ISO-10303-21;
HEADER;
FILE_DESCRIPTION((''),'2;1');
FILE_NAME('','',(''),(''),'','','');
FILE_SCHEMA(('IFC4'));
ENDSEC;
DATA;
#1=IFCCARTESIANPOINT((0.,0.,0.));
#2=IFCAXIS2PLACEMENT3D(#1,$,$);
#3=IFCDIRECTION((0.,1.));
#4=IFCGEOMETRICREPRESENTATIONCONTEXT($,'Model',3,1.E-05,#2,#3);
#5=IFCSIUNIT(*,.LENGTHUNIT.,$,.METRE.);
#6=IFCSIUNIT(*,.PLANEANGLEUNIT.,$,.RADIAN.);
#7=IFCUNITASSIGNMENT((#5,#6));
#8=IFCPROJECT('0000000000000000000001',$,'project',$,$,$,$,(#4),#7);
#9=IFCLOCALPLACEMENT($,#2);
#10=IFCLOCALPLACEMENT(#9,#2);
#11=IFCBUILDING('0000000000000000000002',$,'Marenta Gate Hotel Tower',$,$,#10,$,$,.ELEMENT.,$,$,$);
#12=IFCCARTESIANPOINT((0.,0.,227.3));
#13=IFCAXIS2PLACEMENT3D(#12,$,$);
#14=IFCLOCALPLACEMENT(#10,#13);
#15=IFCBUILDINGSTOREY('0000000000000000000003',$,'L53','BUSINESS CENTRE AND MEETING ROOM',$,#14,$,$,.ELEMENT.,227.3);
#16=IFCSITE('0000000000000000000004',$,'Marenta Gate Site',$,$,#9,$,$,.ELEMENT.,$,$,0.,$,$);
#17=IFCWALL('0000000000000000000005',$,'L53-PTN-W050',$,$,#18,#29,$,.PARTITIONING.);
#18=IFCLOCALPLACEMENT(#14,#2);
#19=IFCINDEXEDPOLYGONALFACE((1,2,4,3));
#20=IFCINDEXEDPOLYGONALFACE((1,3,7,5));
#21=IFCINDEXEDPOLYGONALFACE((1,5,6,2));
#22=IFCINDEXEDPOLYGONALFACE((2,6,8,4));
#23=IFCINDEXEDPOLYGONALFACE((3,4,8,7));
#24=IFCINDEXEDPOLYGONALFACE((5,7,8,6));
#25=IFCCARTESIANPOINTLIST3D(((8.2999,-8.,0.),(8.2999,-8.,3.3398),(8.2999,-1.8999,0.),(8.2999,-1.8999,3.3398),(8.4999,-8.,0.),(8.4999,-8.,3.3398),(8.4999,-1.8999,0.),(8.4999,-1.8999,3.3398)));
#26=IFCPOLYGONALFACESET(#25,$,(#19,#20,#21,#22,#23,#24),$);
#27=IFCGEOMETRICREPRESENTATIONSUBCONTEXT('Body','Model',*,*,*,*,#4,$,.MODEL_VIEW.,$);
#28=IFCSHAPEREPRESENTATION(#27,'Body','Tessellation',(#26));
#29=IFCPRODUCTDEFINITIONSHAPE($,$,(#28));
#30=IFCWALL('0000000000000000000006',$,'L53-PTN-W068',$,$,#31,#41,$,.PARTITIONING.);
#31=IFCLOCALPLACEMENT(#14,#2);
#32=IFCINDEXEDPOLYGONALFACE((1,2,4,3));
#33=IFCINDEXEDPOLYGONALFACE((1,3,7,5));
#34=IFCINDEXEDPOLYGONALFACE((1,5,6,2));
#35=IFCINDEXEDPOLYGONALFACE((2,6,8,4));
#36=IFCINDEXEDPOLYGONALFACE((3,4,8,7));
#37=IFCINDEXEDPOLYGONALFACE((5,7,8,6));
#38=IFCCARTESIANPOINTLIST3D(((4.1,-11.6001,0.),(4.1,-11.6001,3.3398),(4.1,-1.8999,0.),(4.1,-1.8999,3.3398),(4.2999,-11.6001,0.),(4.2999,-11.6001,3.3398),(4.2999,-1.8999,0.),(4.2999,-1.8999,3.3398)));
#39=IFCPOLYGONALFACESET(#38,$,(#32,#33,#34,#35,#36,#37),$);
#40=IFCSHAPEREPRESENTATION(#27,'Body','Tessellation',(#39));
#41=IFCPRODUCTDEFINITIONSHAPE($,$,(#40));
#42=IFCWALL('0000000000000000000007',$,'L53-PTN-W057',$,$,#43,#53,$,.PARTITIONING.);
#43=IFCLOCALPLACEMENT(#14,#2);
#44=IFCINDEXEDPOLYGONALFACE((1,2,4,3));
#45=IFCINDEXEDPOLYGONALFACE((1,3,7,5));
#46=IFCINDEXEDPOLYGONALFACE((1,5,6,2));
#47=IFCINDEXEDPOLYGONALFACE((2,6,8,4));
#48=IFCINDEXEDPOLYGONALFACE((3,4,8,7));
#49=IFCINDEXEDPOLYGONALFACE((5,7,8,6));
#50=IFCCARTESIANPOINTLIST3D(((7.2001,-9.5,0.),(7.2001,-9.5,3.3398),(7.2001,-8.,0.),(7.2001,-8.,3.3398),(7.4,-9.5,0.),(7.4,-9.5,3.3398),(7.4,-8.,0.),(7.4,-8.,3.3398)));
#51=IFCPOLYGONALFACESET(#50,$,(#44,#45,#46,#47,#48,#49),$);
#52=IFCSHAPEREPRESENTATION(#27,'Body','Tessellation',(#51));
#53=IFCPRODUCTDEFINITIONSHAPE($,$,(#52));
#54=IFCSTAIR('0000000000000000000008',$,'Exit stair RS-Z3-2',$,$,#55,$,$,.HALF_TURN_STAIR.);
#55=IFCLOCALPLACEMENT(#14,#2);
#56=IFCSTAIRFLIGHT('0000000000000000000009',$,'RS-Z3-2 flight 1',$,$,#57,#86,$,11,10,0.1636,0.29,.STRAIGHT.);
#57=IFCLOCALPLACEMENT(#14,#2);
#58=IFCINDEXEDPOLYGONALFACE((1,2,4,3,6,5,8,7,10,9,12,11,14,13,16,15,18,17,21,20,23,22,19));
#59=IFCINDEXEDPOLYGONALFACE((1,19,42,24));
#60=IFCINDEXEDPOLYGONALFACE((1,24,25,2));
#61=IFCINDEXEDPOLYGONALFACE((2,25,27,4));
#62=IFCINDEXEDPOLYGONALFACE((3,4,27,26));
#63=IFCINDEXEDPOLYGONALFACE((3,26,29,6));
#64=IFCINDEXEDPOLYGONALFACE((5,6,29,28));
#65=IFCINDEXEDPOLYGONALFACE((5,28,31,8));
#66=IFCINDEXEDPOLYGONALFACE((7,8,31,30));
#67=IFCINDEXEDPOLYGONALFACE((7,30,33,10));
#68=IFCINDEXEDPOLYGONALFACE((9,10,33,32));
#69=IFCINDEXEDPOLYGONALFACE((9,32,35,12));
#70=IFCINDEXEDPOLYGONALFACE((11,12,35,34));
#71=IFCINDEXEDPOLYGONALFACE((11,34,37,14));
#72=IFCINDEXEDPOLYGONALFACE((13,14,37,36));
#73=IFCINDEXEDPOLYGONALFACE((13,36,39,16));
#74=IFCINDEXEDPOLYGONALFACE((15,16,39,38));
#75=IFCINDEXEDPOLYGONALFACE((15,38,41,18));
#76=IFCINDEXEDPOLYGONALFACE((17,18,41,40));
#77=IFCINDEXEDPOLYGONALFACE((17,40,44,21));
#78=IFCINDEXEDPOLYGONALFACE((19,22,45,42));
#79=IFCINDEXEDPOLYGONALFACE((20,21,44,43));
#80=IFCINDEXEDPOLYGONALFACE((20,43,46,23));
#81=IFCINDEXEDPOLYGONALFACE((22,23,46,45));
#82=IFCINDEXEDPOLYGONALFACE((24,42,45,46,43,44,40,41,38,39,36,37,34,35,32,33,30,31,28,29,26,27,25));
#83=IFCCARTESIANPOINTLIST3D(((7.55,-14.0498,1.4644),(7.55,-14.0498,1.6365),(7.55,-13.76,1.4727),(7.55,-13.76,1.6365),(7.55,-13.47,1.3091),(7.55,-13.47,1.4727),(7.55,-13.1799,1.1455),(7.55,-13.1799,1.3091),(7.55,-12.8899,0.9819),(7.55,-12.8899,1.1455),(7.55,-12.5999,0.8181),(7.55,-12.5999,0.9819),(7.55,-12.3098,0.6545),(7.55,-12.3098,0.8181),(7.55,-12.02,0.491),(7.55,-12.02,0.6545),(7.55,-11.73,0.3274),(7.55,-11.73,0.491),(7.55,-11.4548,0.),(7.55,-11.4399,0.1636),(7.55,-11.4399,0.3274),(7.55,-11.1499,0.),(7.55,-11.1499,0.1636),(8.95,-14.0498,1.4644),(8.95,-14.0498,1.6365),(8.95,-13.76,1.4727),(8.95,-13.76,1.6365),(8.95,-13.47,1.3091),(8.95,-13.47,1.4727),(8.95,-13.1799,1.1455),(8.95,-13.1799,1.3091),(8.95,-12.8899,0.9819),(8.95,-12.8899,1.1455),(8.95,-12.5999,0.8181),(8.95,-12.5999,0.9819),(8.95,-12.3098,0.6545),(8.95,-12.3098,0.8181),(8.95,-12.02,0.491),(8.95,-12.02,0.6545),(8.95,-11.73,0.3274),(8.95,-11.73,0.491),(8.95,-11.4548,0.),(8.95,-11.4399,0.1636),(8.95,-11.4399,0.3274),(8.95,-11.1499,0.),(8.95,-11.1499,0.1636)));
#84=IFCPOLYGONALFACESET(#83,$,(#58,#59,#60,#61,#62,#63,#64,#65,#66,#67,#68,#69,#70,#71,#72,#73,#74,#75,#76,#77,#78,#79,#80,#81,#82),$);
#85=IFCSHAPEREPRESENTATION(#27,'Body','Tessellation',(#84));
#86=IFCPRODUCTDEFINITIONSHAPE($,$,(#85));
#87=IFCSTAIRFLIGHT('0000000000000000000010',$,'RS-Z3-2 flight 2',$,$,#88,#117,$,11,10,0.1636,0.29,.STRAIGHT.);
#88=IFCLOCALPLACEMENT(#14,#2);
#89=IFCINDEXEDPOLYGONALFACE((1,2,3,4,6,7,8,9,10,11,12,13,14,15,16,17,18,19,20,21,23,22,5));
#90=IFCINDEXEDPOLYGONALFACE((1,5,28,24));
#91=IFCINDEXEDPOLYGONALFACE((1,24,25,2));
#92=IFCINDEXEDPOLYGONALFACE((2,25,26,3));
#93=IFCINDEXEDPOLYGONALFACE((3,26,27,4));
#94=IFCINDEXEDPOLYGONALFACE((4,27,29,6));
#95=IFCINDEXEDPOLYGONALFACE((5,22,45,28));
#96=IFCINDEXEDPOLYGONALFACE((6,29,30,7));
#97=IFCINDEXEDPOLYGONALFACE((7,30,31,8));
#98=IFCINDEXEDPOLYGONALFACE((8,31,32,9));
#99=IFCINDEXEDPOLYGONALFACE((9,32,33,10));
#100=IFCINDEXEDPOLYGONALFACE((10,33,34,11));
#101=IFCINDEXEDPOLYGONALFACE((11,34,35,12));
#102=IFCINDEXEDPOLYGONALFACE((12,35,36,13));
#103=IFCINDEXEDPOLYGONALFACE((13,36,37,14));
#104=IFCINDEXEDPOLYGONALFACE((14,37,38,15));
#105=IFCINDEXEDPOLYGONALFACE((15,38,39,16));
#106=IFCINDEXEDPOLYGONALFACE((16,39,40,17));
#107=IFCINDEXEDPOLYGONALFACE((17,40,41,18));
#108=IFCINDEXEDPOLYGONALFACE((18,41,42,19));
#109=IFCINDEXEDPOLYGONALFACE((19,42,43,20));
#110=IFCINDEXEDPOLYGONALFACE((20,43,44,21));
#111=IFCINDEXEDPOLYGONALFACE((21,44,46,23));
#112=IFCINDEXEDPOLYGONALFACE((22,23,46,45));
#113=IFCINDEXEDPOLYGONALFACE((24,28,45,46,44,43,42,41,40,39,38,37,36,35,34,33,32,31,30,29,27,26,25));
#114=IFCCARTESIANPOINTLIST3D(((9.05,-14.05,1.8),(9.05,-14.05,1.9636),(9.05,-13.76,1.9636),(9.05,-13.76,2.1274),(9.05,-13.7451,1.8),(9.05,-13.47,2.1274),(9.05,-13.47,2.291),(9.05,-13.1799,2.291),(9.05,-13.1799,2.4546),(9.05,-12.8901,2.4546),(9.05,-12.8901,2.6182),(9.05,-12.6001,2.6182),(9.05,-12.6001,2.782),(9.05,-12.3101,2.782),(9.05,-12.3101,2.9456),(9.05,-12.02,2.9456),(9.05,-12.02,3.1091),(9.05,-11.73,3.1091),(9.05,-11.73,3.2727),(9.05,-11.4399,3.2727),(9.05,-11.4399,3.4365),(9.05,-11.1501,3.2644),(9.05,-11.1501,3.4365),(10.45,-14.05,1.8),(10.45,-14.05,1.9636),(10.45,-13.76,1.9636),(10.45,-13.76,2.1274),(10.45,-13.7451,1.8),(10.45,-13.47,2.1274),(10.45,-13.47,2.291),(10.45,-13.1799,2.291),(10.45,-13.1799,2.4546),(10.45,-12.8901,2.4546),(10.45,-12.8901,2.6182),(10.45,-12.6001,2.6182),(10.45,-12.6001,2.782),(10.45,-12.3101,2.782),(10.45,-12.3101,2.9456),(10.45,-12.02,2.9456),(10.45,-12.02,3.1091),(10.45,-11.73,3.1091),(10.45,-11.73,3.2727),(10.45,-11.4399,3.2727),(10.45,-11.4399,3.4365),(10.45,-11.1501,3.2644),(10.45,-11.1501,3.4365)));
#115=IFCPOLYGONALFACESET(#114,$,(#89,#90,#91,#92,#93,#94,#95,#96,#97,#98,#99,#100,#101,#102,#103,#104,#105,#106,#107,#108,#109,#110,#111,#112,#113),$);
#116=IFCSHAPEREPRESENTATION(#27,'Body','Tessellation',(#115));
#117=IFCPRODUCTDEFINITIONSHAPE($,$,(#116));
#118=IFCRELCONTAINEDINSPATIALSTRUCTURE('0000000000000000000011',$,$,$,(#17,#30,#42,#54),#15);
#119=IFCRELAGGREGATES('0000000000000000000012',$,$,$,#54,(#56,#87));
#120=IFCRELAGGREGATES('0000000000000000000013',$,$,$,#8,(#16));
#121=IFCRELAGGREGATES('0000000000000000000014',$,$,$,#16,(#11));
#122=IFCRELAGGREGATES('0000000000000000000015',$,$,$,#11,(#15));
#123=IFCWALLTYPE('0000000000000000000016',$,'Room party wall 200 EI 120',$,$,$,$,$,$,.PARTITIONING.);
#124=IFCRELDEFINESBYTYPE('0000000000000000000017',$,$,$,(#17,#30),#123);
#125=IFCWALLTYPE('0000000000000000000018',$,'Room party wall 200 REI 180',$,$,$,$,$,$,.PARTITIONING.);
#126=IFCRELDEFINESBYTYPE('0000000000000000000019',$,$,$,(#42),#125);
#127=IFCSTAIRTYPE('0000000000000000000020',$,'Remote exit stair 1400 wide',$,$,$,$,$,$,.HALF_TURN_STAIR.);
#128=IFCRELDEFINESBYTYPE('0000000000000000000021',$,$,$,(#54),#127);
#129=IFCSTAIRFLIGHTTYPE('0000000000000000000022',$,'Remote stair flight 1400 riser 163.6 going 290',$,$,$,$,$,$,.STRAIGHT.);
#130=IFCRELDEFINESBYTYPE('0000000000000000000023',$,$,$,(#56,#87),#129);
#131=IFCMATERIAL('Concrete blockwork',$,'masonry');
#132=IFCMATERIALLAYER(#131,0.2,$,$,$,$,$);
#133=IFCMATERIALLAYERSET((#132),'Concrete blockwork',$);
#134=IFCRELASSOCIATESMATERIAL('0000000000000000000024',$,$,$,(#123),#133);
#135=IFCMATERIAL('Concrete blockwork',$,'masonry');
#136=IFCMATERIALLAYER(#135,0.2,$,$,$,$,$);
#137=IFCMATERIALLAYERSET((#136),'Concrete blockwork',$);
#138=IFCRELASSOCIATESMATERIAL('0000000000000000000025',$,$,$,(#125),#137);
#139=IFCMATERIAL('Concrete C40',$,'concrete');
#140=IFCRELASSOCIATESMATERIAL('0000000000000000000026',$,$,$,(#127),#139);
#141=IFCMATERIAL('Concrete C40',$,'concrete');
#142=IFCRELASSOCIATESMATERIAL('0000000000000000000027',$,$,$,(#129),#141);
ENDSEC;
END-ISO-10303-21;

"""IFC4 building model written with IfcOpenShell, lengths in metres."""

from ifc_helpers import new_model, si_unit, direction, frame, frame_2d, origin, place, context, subcontext, project, spatial, polyline, rectangle, outline, extrude, material, layer, layer_set, type_object, element, aggregate, save


model = new_model("IFC4")

# Units and contexts
model_context = context("Model", 3, precision=1e-05, world=origin(), true_north=direction((0.0, 1.0)))
body_context = subcontext(model_context, "Body", "Model", "MODEL_VIEW")
ifc_project = project(units=[si_unit("LENGTHUNIT", "METRE"), si_unit("PLANEANGLEUNIT", "RADIAN")], contexts=[model_context])

# Site, building, storey
site_placement = place(None, origin())
site = spatial("IfcSite", under=ifc_project, at=site_placement, Name="Marenta Gate Site", CompositionType="ELEMENT", RefElevation=0.0)
building_placement = place(site_placement, origin())
building = spatial("IfcBuilding", under=site, at=building_placement, Name="Marenta Gate Hotel Tower", CompositionType="ELEMENT")
storey_placement = place(building_placement, frame((0.0, 0.0, 227.3)))
storey = spatial("IfcBuildingStorey", under=building, at=storey_placement, Name="L53", Description="BUSINESS CENTRE AND MEETING ROOM", CompositionType="ELEMENT", Elevation=227.3)

# Walls
ifc_material_1 = material(Name="Concrete blockwork", Category="masonry")
ifc_layer_1 = layer(ifc_material_1, 0.2)
ifc_layer_set_1 = layer_set([ifc_layer_1], Name="Concrete blockwork")
wall_type_1 = type_object("IfcWallType", Name="Room party wall 200 EI 120", PredefinedType="PARTITIONING", material=ifc_layer_set_1)
wall_1_placement = place(storey_placement, frame((8.3999, -8.0, 0.0), z_axis=(0.0, 0.0, 1.0), x_axis=(0.0, 1.0, 0.0)))
element("IfcWall", 1, at=wall_1_placement, inside=storey, type_object=wall_type_1, Name="L53-PTN-W050", PredefinedType="PARTITIONING", context=body_context, shape_type="SweptSolid", body=[
    extrude(rectangle(XDim=6.1001, YDim=0.2, at=frame_2d((3.05, 0.0))), origin(), (0.0, 0.0, 1.0), 3.3398),
])
wall_2_placement = place(storey_placement, frame((4.2, -11.6001, 0.0), z_axis=(0.0, 0.0, 1.0), x_axis=(0.0, 1.0, 0.0)))
element("IfcWall", 2, at=wall_2_placement, inside=storey, type_object=wall_type_1, Name="L53-PTN-W068", PredefinedType="PARTITIONING", context=body_context, shape_type="SweptSolid", body=[
    extrude(rectangle(XDim=9.7002, YDim=0.2, at=frame_2d((4.8501, 0.0))), origin(), (0.0, 0.0, 1.0), 3.3398),
])
ifc_material_2 = material(Name="Concrete blockwork", Category="masonry")
ifc_layer_2 = layer(ifc_material_2, 0.2)
ifc_layer_set_2 = layer_set([ifc_layer_2], Name="Concrete blockwork")
wall_type_2 = type_object("IfcWallType", Name="Room party wall 200 REI 180", PredefinedType="PARTITIONING", material=ifc_layer_set_2)
wall_3_placement = place(storey_placement, frame((7.3, -9.5, 0.0), z_axis=(0.0, 0.0, 1.0), x_axis=(0.0, 1.0, 0.0)))
element("IfcWall", 3, at=wall_3_placement, inside=storey, type_object=wall_type_2, Name="L53-PTN-W057", PredefinedType="PARTITIONING", context=body_context, shape_type="SweptSolid", body=[
    extrude(rectangle(XDim=1.5, YDim=0.2, at=frame_2d((0.75, 0.0))), origin(), (0.0, 0.0, 1.0), 3.3398),
])

# Stair, stair flights
ifc_material_3 = material(Name="Concrete C40", Category="concrete")
stair_type = type_object("IfcStairType", Name="Remote exit stair 1400 wide", PredefinedType="HALF_TURN_STAIR", material=ifc_material_3)
stair_placement = place(storey_placement, origin())
stair = element("IfcStair", 4, at=stair_placement, inside=storey, type_object=stair_type, Name="Exit stair RS-Z3-2", PredefinedType="HALF_TURN_STAIR")
ifc_material_4 = material(Name="Concrete C40", Category="concrete")
stair_flight_type = type_object("IfcStairFlightType", Name="Remote stair flight 1400 riser 163.6 going 290", PredefinedType="STRAIGHT", material=ifc_material_4)
stair_flight_1_placement = place(storey_placement, frame((8.25, -11.1499, 0.0), z_axis=(0.0, 0.0, 1.0), x_axis=(0.0, -1.0, 0.0)))
stair_flight_1 = element("IfcStairFlight", 5, at=stair_flight_1_placement, type_object=stair_flight_type, Name="RS-Z3-2 flight 1", NumberOfRisers=11, NumberOfTreads=10, PredefinedType="STRAIGHT", RiserHeight=0.1636, TreadLength=0.29, context=body_context, shape_type="SweptSolid", body=[
    extrude(outline(polyline([(0.0, 0.0), (0.0, 0.1636), (0.29, 0.1636), (0.29, 0.3274), (0.5801, 0.3274), (0.5801, 0.491), (0.8701, 0.491), (0.8701, 0.6545), (1.1599, 0.6545), (1.1599, 0.8181), (1.45, 0.8181), (1.45, 0.9819), (1.74, 0.9819), (1.74, 1.1455), (2.03, 1.1455), (2.03, 1.3091), (2.3201, 1.3091), (2.3201, 1.4727), (2.6101, 1.4727), (2.6101, 1.6365), (2.8999, 1.6365), (2.8999, 1.8), (2.8999, 1.4644), (0.3049, 0.0), (0.0, 0.0)])), frame((0.0, 0.7, 0.0), z_axis=(0.0, -1.0, 0.0), x_axis=(1.0, 0.0, 0.0)), (0.0, 0.0, 1.0), 1.3999),
])
stair_flight_2_placement = place(storey_placement, frame((9.75, -14.05, 1.8), z_axis=(0.0, 0.0, 1.0), x_axis=(0.0, 1.0, 0.0)))
stair_flight_2 = element("IfcStairFlight", 6, at=stair_flight_2_placement, type_object=stair_flight_type, Name="RS-Z3-2 flight 2", NumberOfRisers=11, NumberOfTreads=10, PredefinedType="STRAIGHT", RiserHeight=0.1636, TreadLength=0.29, context=body_context, shape_type="SweptSolid", body=[
    extrude(outline(polyline([(0.0, 0.0), (0.0, 0.1636), (0.29, 0.1636), (0.29, 0.3274), (0.5801, 0.3274), (0.5801, 0.491), (0.8701, 0.491), (0.8701, 0.6545), (1.1599, 0.6545), (1.1599, 0.8181), (1.45, 0.8181), (1.45, 0.9819), (1.74, 0.9819), (1.74, 1.1455), (2.03, 1.1455), (2.03, 1.3091), (2.3201, 1.3091), (2.3201, 1.4727), (2.6101, 1.4727), (2.6101, 1.6365), (2.8999, 1.6365), (2.8999, 1.8), (2.8999, 1.4644), (0.3049, 0.0), (0.0, 0.0)])), frame((0.0, 0.7, 0.0), z_axis=(0.0, -1.0, 0.0), x_axis=(1.0, 0.0, 0.0)), (0.0, 0.0, 1.0), 1.3999),
])
aggregate(stair, [stair_flight_1, stair_flight_2])

save(model, "model.ifc")
